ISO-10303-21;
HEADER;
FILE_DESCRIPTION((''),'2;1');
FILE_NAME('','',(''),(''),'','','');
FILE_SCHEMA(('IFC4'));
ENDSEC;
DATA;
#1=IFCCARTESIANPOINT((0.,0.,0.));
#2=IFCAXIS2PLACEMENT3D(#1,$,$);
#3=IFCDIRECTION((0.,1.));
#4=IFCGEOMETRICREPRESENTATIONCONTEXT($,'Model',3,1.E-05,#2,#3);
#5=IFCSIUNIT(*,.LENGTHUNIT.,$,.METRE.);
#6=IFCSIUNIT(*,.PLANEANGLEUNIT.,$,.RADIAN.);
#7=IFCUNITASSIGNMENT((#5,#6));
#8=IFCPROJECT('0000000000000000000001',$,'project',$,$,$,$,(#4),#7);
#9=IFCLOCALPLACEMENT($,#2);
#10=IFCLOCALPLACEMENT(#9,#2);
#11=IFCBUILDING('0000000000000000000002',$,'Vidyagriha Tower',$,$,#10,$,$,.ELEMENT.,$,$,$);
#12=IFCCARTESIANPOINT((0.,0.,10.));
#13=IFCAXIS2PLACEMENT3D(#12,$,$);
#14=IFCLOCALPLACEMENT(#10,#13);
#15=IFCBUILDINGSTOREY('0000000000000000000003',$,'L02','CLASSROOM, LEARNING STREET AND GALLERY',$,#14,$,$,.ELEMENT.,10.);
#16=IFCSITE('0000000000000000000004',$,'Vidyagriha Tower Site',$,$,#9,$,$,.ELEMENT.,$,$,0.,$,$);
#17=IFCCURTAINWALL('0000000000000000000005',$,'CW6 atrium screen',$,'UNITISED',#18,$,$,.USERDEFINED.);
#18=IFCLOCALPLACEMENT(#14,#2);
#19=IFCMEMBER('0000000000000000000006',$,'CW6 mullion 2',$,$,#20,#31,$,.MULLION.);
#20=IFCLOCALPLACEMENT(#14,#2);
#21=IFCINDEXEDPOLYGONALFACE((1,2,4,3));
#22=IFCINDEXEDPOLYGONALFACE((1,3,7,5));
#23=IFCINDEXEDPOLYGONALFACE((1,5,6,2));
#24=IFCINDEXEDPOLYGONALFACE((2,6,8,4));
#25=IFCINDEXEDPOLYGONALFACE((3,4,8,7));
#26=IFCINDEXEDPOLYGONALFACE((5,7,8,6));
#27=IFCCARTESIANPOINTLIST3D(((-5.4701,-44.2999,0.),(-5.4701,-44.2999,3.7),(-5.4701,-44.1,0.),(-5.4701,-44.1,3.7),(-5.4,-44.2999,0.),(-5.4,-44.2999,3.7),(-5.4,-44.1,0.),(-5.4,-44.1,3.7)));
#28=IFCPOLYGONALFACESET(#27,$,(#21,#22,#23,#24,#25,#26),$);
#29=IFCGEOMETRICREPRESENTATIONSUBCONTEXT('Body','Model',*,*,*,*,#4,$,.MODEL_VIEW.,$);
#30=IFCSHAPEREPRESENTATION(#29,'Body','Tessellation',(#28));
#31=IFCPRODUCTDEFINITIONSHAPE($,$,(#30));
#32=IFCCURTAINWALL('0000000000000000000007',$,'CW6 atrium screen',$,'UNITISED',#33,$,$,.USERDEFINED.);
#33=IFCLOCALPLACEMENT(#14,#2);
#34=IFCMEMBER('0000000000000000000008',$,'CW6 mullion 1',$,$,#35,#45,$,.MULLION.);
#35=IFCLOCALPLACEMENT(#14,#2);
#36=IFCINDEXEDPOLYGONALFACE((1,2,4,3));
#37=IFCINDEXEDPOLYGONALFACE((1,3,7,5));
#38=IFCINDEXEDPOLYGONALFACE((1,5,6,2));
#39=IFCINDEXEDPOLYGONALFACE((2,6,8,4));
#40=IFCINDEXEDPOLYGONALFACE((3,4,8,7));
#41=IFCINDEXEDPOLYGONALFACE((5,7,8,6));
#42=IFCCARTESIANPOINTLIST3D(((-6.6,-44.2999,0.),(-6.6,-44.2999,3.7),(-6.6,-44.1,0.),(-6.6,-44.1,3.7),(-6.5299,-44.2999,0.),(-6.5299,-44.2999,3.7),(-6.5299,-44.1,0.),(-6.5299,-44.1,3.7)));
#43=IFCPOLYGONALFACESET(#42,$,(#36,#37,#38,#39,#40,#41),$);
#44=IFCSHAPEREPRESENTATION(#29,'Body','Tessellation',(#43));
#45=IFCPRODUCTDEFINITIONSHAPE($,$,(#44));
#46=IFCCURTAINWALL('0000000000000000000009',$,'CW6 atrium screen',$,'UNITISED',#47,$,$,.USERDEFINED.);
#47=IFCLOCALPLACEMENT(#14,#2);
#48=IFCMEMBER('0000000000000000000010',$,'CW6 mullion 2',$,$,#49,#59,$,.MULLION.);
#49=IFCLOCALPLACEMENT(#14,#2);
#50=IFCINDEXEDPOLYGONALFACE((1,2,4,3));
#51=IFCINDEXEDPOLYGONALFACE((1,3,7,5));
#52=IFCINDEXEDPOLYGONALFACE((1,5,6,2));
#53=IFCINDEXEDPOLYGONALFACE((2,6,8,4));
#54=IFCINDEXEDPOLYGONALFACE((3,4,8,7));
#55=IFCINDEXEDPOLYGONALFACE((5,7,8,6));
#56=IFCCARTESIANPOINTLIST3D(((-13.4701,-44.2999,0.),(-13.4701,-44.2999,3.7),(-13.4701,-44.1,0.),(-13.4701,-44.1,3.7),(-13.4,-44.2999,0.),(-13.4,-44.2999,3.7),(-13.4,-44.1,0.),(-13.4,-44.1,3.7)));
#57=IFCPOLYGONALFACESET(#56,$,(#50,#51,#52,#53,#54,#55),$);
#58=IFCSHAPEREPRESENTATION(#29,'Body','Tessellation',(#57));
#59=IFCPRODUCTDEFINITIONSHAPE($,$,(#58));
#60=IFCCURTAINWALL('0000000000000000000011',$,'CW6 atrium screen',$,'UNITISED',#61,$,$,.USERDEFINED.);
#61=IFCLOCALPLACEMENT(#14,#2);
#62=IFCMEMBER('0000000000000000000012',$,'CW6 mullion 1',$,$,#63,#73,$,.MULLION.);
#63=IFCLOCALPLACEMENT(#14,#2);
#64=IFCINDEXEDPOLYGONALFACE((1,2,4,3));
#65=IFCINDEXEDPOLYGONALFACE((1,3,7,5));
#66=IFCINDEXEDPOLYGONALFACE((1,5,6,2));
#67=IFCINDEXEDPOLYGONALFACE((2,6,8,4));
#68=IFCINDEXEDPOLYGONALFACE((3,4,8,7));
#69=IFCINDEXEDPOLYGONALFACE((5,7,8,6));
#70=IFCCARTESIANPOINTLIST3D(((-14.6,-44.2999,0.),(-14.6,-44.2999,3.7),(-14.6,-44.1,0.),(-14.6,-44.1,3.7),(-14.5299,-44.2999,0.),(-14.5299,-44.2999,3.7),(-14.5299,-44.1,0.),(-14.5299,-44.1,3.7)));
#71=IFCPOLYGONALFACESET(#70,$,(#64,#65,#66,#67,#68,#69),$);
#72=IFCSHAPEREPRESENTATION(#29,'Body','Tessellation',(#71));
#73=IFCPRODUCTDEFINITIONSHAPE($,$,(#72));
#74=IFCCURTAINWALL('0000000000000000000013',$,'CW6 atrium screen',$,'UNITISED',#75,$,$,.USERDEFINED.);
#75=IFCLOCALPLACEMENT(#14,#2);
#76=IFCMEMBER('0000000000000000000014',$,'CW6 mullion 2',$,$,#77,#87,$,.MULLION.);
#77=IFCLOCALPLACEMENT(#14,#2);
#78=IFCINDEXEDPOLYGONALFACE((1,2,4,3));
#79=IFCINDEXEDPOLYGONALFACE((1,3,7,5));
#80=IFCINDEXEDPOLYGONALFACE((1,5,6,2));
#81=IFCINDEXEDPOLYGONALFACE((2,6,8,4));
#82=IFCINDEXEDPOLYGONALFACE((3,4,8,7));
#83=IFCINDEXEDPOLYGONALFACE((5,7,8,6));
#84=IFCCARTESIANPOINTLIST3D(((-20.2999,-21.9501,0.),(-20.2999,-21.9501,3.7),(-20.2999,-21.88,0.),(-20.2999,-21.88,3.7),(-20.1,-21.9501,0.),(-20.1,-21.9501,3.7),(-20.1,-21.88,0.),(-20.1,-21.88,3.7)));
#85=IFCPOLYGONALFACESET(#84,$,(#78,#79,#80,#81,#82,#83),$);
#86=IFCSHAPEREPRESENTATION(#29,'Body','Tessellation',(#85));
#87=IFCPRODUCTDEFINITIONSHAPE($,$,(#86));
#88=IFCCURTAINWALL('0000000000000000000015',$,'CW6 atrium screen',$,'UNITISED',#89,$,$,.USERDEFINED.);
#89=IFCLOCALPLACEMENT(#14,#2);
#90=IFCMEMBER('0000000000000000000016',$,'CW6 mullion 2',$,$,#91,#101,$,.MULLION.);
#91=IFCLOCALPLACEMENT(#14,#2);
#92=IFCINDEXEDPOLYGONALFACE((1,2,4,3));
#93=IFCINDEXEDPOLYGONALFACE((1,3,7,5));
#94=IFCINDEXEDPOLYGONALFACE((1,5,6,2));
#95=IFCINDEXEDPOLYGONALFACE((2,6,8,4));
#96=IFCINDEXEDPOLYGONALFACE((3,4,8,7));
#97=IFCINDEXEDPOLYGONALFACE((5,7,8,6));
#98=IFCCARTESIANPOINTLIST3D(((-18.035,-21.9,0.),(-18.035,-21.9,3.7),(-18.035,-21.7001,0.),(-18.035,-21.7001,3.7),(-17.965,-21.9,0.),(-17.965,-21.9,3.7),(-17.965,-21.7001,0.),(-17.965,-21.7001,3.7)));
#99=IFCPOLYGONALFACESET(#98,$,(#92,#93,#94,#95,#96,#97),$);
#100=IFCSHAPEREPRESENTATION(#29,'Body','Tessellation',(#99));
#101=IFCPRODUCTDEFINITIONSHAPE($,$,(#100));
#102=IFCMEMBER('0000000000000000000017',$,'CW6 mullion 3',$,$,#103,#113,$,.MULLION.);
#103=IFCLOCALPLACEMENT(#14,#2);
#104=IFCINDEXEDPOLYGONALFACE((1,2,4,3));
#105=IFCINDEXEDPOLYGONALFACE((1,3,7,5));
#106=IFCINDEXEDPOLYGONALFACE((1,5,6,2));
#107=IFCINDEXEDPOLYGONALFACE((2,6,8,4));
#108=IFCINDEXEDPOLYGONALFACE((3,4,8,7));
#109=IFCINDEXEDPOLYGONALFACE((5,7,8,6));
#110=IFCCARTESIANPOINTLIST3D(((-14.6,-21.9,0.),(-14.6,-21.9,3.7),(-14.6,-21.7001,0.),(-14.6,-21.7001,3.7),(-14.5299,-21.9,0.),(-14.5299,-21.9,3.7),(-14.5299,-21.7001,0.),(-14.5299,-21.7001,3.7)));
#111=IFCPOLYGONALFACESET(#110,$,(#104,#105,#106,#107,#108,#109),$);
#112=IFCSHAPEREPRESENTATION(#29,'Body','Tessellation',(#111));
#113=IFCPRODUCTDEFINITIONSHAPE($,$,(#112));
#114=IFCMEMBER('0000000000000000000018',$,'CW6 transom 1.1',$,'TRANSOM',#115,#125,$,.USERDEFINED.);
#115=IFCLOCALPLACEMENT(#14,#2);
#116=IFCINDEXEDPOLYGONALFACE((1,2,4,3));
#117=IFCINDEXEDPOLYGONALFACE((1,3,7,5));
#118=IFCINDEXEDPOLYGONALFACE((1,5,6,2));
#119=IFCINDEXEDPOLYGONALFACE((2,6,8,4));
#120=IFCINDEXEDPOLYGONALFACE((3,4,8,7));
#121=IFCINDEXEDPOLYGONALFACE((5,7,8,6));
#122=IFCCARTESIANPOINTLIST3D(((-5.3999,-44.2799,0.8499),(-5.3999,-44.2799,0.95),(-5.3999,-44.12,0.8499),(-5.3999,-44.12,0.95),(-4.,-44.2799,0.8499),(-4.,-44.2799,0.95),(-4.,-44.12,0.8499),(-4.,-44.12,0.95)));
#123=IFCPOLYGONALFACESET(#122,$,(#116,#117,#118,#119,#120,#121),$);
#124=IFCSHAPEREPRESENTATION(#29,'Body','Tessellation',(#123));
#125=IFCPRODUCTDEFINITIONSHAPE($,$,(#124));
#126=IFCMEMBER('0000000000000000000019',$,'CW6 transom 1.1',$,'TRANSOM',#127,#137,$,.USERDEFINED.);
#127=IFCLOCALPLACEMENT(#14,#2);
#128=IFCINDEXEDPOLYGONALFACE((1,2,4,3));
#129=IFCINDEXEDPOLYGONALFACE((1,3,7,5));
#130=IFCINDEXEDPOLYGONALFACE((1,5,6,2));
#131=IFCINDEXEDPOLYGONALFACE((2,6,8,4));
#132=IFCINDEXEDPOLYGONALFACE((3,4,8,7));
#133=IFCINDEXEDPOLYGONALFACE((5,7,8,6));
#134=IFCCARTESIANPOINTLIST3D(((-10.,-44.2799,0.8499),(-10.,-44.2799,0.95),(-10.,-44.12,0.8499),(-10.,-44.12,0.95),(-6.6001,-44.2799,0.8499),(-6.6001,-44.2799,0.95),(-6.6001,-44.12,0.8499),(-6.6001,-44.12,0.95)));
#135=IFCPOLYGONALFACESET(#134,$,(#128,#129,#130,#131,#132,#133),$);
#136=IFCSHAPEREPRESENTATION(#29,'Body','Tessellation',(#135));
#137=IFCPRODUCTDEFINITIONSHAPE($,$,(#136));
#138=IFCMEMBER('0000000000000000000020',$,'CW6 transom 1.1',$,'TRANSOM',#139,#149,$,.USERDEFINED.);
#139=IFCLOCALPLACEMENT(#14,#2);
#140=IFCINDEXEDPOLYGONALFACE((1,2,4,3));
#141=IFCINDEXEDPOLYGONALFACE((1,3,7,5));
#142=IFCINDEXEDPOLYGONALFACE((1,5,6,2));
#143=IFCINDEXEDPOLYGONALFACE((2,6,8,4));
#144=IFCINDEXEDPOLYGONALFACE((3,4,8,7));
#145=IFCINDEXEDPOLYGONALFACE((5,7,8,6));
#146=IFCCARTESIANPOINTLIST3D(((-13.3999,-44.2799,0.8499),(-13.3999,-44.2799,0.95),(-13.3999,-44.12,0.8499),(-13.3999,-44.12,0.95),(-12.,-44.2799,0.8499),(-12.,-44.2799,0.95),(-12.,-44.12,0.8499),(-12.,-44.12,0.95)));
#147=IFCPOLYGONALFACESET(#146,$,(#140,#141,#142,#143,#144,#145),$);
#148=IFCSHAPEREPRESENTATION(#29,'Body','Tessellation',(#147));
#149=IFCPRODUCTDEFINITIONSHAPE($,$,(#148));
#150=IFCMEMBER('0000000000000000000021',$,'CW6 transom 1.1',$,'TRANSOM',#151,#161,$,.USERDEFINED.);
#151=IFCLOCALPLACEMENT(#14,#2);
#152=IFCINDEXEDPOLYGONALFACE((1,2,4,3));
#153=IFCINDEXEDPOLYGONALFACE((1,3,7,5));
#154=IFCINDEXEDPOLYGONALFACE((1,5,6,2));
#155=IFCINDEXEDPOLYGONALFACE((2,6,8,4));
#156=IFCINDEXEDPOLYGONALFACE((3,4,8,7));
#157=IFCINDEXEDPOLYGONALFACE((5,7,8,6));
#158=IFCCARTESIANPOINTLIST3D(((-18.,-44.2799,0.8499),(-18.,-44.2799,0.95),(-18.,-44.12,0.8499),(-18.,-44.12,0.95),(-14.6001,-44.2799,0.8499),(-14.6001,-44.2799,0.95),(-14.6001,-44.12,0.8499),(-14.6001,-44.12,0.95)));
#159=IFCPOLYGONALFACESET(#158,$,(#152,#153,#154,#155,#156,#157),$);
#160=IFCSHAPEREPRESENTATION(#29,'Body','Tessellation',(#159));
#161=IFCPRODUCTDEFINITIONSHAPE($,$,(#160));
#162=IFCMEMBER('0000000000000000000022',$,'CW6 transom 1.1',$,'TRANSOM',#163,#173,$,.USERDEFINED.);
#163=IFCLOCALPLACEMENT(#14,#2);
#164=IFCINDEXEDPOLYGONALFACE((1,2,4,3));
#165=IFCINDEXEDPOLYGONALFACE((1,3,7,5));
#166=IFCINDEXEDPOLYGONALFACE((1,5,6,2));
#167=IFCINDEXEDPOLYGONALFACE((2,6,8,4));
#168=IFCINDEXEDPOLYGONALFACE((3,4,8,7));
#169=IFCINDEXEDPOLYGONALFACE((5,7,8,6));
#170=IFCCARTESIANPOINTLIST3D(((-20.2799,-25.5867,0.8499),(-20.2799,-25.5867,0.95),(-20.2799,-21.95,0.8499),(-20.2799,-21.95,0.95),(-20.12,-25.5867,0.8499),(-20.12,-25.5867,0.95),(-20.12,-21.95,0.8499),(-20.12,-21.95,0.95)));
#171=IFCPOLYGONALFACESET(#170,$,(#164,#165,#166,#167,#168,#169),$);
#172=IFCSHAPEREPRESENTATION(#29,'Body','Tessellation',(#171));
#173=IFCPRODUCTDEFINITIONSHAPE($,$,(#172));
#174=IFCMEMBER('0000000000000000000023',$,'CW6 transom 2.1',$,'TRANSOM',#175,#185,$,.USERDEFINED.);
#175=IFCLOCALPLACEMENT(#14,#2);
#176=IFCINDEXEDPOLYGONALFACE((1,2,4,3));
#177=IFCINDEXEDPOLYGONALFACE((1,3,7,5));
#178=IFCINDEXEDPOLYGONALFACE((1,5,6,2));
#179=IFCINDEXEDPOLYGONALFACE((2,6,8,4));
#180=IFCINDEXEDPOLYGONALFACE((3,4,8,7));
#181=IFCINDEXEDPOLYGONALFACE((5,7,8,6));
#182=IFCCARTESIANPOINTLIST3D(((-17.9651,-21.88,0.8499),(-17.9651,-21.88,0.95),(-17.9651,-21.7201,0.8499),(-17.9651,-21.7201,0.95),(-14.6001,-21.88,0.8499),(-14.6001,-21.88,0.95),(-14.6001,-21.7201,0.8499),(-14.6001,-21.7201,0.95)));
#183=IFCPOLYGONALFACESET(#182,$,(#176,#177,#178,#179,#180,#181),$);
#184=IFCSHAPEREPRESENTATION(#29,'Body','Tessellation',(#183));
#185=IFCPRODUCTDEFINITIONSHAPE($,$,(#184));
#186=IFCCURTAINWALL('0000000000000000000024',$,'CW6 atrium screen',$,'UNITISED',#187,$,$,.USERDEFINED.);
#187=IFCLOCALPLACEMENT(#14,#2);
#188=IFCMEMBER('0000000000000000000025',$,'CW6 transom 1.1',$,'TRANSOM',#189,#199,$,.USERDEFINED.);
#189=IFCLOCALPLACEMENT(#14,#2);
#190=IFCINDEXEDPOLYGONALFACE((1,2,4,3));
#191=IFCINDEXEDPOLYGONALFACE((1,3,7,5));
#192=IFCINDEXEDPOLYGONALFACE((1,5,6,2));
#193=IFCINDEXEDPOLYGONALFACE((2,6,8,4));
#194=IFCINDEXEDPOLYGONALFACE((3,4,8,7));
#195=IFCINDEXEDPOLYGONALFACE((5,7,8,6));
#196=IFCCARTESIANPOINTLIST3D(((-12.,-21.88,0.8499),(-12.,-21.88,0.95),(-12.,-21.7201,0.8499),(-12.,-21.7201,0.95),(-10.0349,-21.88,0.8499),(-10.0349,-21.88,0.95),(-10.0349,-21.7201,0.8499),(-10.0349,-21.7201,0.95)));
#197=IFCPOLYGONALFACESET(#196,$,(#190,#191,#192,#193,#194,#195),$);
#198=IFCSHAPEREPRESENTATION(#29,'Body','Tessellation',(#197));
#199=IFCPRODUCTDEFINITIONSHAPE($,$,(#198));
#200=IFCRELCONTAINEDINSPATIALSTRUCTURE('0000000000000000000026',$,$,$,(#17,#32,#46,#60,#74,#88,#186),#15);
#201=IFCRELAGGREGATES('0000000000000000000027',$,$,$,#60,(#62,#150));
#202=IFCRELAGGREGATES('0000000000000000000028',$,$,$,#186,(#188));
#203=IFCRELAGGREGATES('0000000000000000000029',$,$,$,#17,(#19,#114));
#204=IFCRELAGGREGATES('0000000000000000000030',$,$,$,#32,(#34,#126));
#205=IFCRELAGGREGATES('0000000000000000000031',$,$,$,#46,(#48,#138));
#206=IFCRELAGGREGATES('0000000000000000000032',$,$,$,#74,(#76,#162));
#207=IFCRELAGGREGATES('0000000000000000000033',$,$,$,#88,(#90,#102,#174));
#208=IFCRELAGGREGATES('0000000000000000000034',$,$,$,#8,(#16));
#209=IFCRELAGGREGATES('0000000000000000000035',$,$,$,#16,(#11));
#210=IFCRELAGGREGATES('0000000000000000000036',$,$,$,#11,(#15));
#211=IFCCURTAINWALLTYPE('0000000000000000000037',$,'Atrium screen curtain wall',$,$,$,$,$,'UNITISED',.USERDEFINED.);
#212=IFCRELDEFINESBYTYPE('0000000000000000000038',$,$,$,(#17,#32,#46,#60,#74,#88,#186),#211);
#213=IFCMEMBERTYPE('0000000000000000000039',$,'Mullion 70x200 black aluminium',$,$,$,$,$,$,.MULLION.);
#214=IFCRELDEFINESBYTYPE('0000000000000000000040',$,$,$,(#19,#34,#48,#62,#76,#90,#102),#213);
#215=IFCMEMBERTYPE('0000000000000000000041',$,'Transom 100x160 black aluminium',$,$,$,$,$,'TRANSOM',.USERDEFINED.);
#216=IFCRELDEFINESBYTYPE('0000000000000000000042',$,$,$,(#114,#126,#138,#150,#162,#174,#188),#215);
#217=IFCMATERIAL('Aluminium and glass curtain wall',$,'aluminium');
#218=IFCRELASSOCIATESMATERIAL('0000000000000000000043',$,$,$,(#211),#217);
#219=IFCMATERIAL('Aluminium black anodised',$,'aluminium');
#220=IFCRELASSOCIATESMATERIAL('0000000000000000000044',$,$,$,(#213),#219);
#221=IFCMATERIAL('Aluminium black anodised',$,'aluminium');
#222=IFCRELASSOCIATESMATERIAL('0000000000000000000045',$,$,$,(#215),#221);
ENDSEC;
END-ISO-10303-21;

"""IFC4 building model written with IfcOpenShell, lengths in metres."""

from ifc_helpers import new_model, si_unit, direction, frame, origin, origin_2d, place, context, subcontext, project, spatial, rectangle, extrude, material, material_profile, profile_set, type_object, element, aggregate, save


model = new_model("IFC4")

# Units and contexts
model_context = context("Model", 3, precision=1e-05, world=origin(), true_north=direction((0.0, 1.0)))
body_context = subcontext(model_context, "Body", "Model", "MODEL_VIEW")
ifc_project = project(units=[si_unit("LENGTHUNIT", "METRE"), si_unit("PLANEANGLEUNIT", "RADIAN")], contexts=[model_context])

# Site, building, storey
site_placement = place(None, origin())
site = spatial("IfcSite", under=ifc_project, at=site_placement, Name="Vidyagriha Tower Site", CompositionType="ELEMENT", RefElevation=0.0)
building_placement = place(site_placement, origin())
building = spatial("IfcBuilding", under=site, at=building_placement, Name="Vidyagriha Tower", CompositionType="ELEMENT")
storey_placement = place(building_placement, frame((0.0, 0.0, 10.0)))
storey = spatial("IfcBuildingStorey", under=building, at=storey_placement, Name="L02", Description="CLASSROOM, LEARNING STREET AND GALLERY", CompositionType="ELEMENT", Elevation=10.0)

# Curtain walls, members
ifc_material_1 = material(Name="Aluminium and glass curtain wall", Category="aluminium")
curtain_wall_type = type_object("IfcCurtainWallType", Name="Atrium screen curtain wall", ElementType="UNITISED", PredefinedType="USERDEFINED", material=ifc_material_1)
curtain_wall_1_placement = place(storey_placement, origin())
curtain_wall_1 = element("IfcCurtainWall", 1, at=curtain_wall_1_placement, inside=storey, type_object=curtain_wall_type, Name="CW6 atrium screen", ObjectType="UNITISED", PredefinedType="USERDEFINED")
ifc_material_2 = material(Name="Aluminium black anodised", Category="aluminium")
ifc_material_profile_1 = material_profile(ifc_material_2, rectangle(XDim=0.2, YDim=0.0701, at=origin_2d()), Name="Mullion 70x200 black aluminium")
ifc_profile_set_1 = profile_set([ifc_material_profile_1], Name="Aluminium black anodised")
member_type_1 = type_object("IfcMemberType", Name="Mullion 70x200 black aluminium", PredefinedType="MULLION", material=ifc_profile_set_1)
member_1_placement = place(storey_placement, frame((-5.4351, -44.2, 0.0), z_axis=(0.0, 0.0, 1.0), x_axis=(0.0, -1.0, 0.0)))
member_1 = element("IfcMember", 2, at=member_1_placement, type_object=member_type_1, Name="CW6 mullion 2", PredefinedType="MULLION", context=body_context, shape_type="SweptSolid", body=[
    extrude(rectangle(XDim=0.2, YDim=0.0701, at=origin_2d()), origin(), (0.0, 0.0, 1.0), 3.7),
])
curtain_wall_2_placement = place(storey_placement, origin())
curtain_wall_2 = element("IfcCurtainWall", 3, at=curtain_wall_2_placement, inside=storey, type_object=curtain_wall_type, Name="CW6 atrium screen", ObjectType="UNITISED", PredefinedType="USERDEFINED")
member_2_placement = place(storey_placement, frame((-6.5649, -44.2, 0.0), z_axis=(0.0, 0.0, 1.0), x_axis=(0.0, -1.0, 0.0)))
member_2 = element("IfcMember", 4, at=member_2_placement, type_object=member_type_1, Name="CW6 mullion 1", PredefinedType="MULLION", context=body_context, shape_type="SweptSolid", body=[
    extrude(rectangle(XDim=0.2, YDim=0.0701, at=origin_2d()), origin(), (0.0, 0.0, 1.0), 3.7),
])
curtain_wall_3_placement = place(storey_placement, origin())
curtain_wall_3 = element("IfcCurtainWall", 5, at=curtain_wall_3_placement, inside=storey, type_object=curtain_wall_type, Name="CW6 atrium screen", ObjectType="UNITISED", PredefinedType="USERDEFINED")
member_3_placement = place(storey_placement, frame((-13.4351, -44.2, 0.0), z_axis=(0.0, 0.0, 1.0), x_axis=(0.0, -1.0, 0.0)))
member_3 = element("IfcMember", 6, at=member_3_placement, type_object=member_type_1, Name="CW6 mullion 2", PredefinedType="MULLION", context=body_context, shape_type="SweptSolid", body=[
    extrude(rectangle(XDim=0.2, YDim=0.0701, at=origin_2d()), origin(), (0.0, 0.0, 1.0), 3.7),
])
curtain_wall_4_placement = place(storey_placement, origin())
curtain_wall_4 = element("IfcCurtainWall", 7, at=curtain_wall_4_placement, inside=storey, type_object=curtain_wall_type, Name="CW6 atrium screen", ObjectType="UNITISED", PredefinedType="USERDEFINED")
member_4_placement = place(storey_placement, frame((-14.5649, -44.2, 0.0), z_axis=(0.0, 0.0, 1.0), x_axis=(0.0, -1.0, 0.0)))
member_4 = element("IfcMember", 8, at=member_4_placement, type_object=member_type_1, Name="CW6 mullion 1", PredefinedType="MULLION", context=body_context, shape_type="SweptSolid", body=[
    extrude(rectangle(XDim=0.2, YDim=0.0701, at=origin_2d()), origin(), (0.0, 0.0, 1.0), 3.7),
])
curtain_wall_5_placement = place(storey_placement, origin())
curtain_wall_5 = element("IfcCurtainWall", 9, at=curtain_wall_5_placement, inside=storey, type_object=curtain_wall_type, Name="CW6 atrium screen", ObjectType="UNITISED", PredefinedType="USERDEFINED")
member_5_placement = place(storey_placement, frame((-20.2, -21.915, 0.0), z_axis=(0.0, 0.0, 1.0), x_axis=(-1.0, 0.0, 0.0)))
member_5 = element("IfcMember", 10, at=member_5_placement, type_object=member_type_1, Name="CW6 mullion 2", PredefinedType="MULLION", context=body_context, shape_type="SweptSolid", body=[
    extrude(rectangle(XDim=0.2, YDim=0.0701, at=origin_2d()), origin(), (0.0, 0.0, 1.0), 3.7),
])

# Curtain wall, members
curtain_wall_6_placement = place(storey_placement, origin())
curtain_wall_6 = element("IfcCurtainWall", 11, at=curtain_wall_6_placement, inside=storey, type_object=curtain_wall_type, Name="CW6 atrium screen", ObjectType="UNITISED", PredefinedType="USERDEFINED")
member_6_placement = place(storey_placement, frame((-18.0, -21.8, 0.0), z_axis=(0.0, 0.0, 1.0), x_axis=(0.0, 1.0, 0.0)))
member_6 = element("IfcMember", 12, at=member_6_placement, type_object=member_type_1, Name="CW6 mullion 2", PredefinedType="MULLION", context=body_context, shape_type="SweptSolid", body=[
    extrude(rectangle(XDim=0.2, YDim=0.0701, at=origin_2d()), origin(), (0.0, 0.0, 1.0), 3.7),
])
member_7_placement = place(storey_placement, frame((-14.5649, -21.8, 0.0), z_axis=(0.0, 0.0, 1.0), x_axis=(0.0, 1.0, 0.0)))
member_7 = element("IfcMember", 13, at=member_7_placement, type_object=member_type_1, Name="CW6 mullion 3", PredefinedType="MULLION", context=body_context, shape_type="SweptSolid", body=[
    extrude(rectangle(XDim=0.2, YDim=0.0701, at=origin_2d()), origin(), (0.0, 0.0, 1.0), 3.7),
])

# Members
ifc_material_3 = material(Name="Aluminium black anodised", Category="aluminium")
ifc_material_profile_2 = material_profile(ifc_material_3, rectangle(XDim=0.1599, YDim=0.1001, at=origin_2d()), Name="Transom 100x160 black aluminium")
ifc_profile_set_2 = profile_set([ifc_material_profile_2], Name="Aluminium black anodised")
member_type_2 = type_object("IfcMemberType", Name="Transom 100x160 black aluminium", ElementType="TRANSOM", PredefinedType="USERDEFINED", material=ifc_profile_set_2)
member_8_placement = place(storey_placement, frame((-4.0, -44.2, 0.8999), z_axis=(-1.0, 0.0, 0.0), x_axis=(0.0, -1.0, 0.0)))
member_8 = element("IfcMember", 14, at=member_8_placement, type_object=member_type_2, Name="CW6 transom 1.1", ObjectType="TRANSOM", PredefinedType="USERDEFINED", context=body_context, shape_type="SweptSolid", body=[
    extrude(rectangle(XDim=0.1599, YDim=0.1001, at=origin_2d()), origin(), (0.0, 0.0, 1.0), 1.3999),
])
member_9_placement = place(storey_placement, frame((-6.6001, -44.2, 0.8999), z_axis=(-1.0, 0.0, 0.0), x_axis=(0.0, -1.0, 0.0)))
member_9 = element("IfcMember", 15, at=member_9_placement, type_object=member_type_2, Name="CW6 transom 1.1", ObjectType="TRANSOM", PredefinedType="USERDEFINED", context=body_context, shape_type="SweptSolid", body=[
    extrude(rectangle(XDim=0.1599, YDim=0.1001, at=origin_2d()), origin(), (0.0, 0.0, 1.0), 3.3999),
])
member_10_placement = place(storey_placement, frame((-12.0, -44.2, 0.8999), z_axis=(-1.0, 0.0, 0.0), x_axis=(0.0, -1.0, 0.0)))
member_10 = element("IfcMember", 16, at=member_10_placement, type_object=member_type_2, Name="CW6 transom 1.1", ObjectType="TRANSOM", PredefinedType="USERDEFINED", context=body_context, shape_type="SweptSolid", body=[
    extrude(rectangle(XDim=0.1599, YDim=0.1001, at=origin_2d()), origin(), (0.0, 0.0, 1.0), 1.3999),
])
member_11_placement = place(storey_placement, frame((-14.6001, -44.2, 0.8999), z_axis=(-1.0, 0.0, 0.0), x_axis=(0.0, -1.0, 0.0)))
member_11 = element("IfcMember", 17, at=member_11_placement, type_object=member_type_2, Name="CW6 transom 1.1", ObjectType="TRANSOM", PredefinedType="USERDEFINED", context=body_context, shape_type="SweptSolid", body=[
    extrude(rectangle(XDim=0.1599, YDim=0.1001, at=origin_2d()), origin(), (0.0, 0.0, 1.0), 3.3999),
])
aggregate(curtain_wall_4, [member_4, member_11])
member_12_placement = place(storey_placement, frame((-20.2, -25.5867, 0.8999), z_axis=(0.0, 1.0, 0.0), x_axis=(-1.0, 0.0, 0.0)))
member_12 = element("IfcMember", 18, at=member_12_placement, type_object=member_type_2, Name="CW6 transom 1.1", ObjectType="TRANSOM", PredefinedType="USERDEFINED", context=body_context, shape_type="SweptSolid", body=[
    extrude(rectangle(XDim=0.1599, YDim=0.1001, at=origin_2d()), origin(), (0.0, 0.0, 1.0), 3.6367),
])
member_13_placement = place(storey_placement, frame((-17.9651, -21.8, 0.8999), z_axis=(1.0, 0.0, 0.0), x_axis=(0.0, 1.0, 0.0)))
member_13 = element("IfcMember", 19, at=member_13_placement, type_object=member_type_2, Name="CW6 transom 2.1", ObjectType="TRANSOM", PredefinedType="USERDEFINED", context=body_context, shape_type="SweptSolid", body=[
    extrude(rectangle(XDim=0.1599, YDim=0.1001, at=origin_2d()), origin(), (0.0, 0.0, 1.0), 3.365),
])

# Curtain wall, member
curtain_wall_7_placement = place(storey_placement, origin())
curtain_wall_7 = element("IfcCurtainWall", 20, at=curtain_wall_7_placement, inside=storey, type_object=curtain_wall_type, Name="CW6 atrium screen", ObjectType="UNITISED", PredefinedType="USERDEFINED")
member_14_placement = place(storey_placement, frame((-12.0, -21.8, 0.8999), z_axis=(1.0, 0.0, 0.0), x_axis=(0.0, 1.0, 0.0)))
member_14 = element("IfcMember", 21, at=member_14_placement, type_object=member_type_2, Name="CW6 transom 1.1", ObjectType="TRANSOM", PredefinedType="USERDEFINED", context=body_context, shape_type="SweptSolid", body=[
    extrude(rectangle(XDim=0.1599, YDim=0.1001, at=origin_2d()), origin(), (0.0, 0.0, 1.0), 1.9651),
])
aggregate(curtain_wall_7, [member_14])

aggregate(curtain_wall_1, [member_1, member_8])
aggregate(curtain_wall_2, [member_2, member_9])
aggregate(curtain_wall_3, [member_3, member_10])
aggregate(curtain_wall_5, [member_5, member_12])
aggregate(curtain_wall_6, [member_6, member_7, member_13])

save(model, "model.ifc")
